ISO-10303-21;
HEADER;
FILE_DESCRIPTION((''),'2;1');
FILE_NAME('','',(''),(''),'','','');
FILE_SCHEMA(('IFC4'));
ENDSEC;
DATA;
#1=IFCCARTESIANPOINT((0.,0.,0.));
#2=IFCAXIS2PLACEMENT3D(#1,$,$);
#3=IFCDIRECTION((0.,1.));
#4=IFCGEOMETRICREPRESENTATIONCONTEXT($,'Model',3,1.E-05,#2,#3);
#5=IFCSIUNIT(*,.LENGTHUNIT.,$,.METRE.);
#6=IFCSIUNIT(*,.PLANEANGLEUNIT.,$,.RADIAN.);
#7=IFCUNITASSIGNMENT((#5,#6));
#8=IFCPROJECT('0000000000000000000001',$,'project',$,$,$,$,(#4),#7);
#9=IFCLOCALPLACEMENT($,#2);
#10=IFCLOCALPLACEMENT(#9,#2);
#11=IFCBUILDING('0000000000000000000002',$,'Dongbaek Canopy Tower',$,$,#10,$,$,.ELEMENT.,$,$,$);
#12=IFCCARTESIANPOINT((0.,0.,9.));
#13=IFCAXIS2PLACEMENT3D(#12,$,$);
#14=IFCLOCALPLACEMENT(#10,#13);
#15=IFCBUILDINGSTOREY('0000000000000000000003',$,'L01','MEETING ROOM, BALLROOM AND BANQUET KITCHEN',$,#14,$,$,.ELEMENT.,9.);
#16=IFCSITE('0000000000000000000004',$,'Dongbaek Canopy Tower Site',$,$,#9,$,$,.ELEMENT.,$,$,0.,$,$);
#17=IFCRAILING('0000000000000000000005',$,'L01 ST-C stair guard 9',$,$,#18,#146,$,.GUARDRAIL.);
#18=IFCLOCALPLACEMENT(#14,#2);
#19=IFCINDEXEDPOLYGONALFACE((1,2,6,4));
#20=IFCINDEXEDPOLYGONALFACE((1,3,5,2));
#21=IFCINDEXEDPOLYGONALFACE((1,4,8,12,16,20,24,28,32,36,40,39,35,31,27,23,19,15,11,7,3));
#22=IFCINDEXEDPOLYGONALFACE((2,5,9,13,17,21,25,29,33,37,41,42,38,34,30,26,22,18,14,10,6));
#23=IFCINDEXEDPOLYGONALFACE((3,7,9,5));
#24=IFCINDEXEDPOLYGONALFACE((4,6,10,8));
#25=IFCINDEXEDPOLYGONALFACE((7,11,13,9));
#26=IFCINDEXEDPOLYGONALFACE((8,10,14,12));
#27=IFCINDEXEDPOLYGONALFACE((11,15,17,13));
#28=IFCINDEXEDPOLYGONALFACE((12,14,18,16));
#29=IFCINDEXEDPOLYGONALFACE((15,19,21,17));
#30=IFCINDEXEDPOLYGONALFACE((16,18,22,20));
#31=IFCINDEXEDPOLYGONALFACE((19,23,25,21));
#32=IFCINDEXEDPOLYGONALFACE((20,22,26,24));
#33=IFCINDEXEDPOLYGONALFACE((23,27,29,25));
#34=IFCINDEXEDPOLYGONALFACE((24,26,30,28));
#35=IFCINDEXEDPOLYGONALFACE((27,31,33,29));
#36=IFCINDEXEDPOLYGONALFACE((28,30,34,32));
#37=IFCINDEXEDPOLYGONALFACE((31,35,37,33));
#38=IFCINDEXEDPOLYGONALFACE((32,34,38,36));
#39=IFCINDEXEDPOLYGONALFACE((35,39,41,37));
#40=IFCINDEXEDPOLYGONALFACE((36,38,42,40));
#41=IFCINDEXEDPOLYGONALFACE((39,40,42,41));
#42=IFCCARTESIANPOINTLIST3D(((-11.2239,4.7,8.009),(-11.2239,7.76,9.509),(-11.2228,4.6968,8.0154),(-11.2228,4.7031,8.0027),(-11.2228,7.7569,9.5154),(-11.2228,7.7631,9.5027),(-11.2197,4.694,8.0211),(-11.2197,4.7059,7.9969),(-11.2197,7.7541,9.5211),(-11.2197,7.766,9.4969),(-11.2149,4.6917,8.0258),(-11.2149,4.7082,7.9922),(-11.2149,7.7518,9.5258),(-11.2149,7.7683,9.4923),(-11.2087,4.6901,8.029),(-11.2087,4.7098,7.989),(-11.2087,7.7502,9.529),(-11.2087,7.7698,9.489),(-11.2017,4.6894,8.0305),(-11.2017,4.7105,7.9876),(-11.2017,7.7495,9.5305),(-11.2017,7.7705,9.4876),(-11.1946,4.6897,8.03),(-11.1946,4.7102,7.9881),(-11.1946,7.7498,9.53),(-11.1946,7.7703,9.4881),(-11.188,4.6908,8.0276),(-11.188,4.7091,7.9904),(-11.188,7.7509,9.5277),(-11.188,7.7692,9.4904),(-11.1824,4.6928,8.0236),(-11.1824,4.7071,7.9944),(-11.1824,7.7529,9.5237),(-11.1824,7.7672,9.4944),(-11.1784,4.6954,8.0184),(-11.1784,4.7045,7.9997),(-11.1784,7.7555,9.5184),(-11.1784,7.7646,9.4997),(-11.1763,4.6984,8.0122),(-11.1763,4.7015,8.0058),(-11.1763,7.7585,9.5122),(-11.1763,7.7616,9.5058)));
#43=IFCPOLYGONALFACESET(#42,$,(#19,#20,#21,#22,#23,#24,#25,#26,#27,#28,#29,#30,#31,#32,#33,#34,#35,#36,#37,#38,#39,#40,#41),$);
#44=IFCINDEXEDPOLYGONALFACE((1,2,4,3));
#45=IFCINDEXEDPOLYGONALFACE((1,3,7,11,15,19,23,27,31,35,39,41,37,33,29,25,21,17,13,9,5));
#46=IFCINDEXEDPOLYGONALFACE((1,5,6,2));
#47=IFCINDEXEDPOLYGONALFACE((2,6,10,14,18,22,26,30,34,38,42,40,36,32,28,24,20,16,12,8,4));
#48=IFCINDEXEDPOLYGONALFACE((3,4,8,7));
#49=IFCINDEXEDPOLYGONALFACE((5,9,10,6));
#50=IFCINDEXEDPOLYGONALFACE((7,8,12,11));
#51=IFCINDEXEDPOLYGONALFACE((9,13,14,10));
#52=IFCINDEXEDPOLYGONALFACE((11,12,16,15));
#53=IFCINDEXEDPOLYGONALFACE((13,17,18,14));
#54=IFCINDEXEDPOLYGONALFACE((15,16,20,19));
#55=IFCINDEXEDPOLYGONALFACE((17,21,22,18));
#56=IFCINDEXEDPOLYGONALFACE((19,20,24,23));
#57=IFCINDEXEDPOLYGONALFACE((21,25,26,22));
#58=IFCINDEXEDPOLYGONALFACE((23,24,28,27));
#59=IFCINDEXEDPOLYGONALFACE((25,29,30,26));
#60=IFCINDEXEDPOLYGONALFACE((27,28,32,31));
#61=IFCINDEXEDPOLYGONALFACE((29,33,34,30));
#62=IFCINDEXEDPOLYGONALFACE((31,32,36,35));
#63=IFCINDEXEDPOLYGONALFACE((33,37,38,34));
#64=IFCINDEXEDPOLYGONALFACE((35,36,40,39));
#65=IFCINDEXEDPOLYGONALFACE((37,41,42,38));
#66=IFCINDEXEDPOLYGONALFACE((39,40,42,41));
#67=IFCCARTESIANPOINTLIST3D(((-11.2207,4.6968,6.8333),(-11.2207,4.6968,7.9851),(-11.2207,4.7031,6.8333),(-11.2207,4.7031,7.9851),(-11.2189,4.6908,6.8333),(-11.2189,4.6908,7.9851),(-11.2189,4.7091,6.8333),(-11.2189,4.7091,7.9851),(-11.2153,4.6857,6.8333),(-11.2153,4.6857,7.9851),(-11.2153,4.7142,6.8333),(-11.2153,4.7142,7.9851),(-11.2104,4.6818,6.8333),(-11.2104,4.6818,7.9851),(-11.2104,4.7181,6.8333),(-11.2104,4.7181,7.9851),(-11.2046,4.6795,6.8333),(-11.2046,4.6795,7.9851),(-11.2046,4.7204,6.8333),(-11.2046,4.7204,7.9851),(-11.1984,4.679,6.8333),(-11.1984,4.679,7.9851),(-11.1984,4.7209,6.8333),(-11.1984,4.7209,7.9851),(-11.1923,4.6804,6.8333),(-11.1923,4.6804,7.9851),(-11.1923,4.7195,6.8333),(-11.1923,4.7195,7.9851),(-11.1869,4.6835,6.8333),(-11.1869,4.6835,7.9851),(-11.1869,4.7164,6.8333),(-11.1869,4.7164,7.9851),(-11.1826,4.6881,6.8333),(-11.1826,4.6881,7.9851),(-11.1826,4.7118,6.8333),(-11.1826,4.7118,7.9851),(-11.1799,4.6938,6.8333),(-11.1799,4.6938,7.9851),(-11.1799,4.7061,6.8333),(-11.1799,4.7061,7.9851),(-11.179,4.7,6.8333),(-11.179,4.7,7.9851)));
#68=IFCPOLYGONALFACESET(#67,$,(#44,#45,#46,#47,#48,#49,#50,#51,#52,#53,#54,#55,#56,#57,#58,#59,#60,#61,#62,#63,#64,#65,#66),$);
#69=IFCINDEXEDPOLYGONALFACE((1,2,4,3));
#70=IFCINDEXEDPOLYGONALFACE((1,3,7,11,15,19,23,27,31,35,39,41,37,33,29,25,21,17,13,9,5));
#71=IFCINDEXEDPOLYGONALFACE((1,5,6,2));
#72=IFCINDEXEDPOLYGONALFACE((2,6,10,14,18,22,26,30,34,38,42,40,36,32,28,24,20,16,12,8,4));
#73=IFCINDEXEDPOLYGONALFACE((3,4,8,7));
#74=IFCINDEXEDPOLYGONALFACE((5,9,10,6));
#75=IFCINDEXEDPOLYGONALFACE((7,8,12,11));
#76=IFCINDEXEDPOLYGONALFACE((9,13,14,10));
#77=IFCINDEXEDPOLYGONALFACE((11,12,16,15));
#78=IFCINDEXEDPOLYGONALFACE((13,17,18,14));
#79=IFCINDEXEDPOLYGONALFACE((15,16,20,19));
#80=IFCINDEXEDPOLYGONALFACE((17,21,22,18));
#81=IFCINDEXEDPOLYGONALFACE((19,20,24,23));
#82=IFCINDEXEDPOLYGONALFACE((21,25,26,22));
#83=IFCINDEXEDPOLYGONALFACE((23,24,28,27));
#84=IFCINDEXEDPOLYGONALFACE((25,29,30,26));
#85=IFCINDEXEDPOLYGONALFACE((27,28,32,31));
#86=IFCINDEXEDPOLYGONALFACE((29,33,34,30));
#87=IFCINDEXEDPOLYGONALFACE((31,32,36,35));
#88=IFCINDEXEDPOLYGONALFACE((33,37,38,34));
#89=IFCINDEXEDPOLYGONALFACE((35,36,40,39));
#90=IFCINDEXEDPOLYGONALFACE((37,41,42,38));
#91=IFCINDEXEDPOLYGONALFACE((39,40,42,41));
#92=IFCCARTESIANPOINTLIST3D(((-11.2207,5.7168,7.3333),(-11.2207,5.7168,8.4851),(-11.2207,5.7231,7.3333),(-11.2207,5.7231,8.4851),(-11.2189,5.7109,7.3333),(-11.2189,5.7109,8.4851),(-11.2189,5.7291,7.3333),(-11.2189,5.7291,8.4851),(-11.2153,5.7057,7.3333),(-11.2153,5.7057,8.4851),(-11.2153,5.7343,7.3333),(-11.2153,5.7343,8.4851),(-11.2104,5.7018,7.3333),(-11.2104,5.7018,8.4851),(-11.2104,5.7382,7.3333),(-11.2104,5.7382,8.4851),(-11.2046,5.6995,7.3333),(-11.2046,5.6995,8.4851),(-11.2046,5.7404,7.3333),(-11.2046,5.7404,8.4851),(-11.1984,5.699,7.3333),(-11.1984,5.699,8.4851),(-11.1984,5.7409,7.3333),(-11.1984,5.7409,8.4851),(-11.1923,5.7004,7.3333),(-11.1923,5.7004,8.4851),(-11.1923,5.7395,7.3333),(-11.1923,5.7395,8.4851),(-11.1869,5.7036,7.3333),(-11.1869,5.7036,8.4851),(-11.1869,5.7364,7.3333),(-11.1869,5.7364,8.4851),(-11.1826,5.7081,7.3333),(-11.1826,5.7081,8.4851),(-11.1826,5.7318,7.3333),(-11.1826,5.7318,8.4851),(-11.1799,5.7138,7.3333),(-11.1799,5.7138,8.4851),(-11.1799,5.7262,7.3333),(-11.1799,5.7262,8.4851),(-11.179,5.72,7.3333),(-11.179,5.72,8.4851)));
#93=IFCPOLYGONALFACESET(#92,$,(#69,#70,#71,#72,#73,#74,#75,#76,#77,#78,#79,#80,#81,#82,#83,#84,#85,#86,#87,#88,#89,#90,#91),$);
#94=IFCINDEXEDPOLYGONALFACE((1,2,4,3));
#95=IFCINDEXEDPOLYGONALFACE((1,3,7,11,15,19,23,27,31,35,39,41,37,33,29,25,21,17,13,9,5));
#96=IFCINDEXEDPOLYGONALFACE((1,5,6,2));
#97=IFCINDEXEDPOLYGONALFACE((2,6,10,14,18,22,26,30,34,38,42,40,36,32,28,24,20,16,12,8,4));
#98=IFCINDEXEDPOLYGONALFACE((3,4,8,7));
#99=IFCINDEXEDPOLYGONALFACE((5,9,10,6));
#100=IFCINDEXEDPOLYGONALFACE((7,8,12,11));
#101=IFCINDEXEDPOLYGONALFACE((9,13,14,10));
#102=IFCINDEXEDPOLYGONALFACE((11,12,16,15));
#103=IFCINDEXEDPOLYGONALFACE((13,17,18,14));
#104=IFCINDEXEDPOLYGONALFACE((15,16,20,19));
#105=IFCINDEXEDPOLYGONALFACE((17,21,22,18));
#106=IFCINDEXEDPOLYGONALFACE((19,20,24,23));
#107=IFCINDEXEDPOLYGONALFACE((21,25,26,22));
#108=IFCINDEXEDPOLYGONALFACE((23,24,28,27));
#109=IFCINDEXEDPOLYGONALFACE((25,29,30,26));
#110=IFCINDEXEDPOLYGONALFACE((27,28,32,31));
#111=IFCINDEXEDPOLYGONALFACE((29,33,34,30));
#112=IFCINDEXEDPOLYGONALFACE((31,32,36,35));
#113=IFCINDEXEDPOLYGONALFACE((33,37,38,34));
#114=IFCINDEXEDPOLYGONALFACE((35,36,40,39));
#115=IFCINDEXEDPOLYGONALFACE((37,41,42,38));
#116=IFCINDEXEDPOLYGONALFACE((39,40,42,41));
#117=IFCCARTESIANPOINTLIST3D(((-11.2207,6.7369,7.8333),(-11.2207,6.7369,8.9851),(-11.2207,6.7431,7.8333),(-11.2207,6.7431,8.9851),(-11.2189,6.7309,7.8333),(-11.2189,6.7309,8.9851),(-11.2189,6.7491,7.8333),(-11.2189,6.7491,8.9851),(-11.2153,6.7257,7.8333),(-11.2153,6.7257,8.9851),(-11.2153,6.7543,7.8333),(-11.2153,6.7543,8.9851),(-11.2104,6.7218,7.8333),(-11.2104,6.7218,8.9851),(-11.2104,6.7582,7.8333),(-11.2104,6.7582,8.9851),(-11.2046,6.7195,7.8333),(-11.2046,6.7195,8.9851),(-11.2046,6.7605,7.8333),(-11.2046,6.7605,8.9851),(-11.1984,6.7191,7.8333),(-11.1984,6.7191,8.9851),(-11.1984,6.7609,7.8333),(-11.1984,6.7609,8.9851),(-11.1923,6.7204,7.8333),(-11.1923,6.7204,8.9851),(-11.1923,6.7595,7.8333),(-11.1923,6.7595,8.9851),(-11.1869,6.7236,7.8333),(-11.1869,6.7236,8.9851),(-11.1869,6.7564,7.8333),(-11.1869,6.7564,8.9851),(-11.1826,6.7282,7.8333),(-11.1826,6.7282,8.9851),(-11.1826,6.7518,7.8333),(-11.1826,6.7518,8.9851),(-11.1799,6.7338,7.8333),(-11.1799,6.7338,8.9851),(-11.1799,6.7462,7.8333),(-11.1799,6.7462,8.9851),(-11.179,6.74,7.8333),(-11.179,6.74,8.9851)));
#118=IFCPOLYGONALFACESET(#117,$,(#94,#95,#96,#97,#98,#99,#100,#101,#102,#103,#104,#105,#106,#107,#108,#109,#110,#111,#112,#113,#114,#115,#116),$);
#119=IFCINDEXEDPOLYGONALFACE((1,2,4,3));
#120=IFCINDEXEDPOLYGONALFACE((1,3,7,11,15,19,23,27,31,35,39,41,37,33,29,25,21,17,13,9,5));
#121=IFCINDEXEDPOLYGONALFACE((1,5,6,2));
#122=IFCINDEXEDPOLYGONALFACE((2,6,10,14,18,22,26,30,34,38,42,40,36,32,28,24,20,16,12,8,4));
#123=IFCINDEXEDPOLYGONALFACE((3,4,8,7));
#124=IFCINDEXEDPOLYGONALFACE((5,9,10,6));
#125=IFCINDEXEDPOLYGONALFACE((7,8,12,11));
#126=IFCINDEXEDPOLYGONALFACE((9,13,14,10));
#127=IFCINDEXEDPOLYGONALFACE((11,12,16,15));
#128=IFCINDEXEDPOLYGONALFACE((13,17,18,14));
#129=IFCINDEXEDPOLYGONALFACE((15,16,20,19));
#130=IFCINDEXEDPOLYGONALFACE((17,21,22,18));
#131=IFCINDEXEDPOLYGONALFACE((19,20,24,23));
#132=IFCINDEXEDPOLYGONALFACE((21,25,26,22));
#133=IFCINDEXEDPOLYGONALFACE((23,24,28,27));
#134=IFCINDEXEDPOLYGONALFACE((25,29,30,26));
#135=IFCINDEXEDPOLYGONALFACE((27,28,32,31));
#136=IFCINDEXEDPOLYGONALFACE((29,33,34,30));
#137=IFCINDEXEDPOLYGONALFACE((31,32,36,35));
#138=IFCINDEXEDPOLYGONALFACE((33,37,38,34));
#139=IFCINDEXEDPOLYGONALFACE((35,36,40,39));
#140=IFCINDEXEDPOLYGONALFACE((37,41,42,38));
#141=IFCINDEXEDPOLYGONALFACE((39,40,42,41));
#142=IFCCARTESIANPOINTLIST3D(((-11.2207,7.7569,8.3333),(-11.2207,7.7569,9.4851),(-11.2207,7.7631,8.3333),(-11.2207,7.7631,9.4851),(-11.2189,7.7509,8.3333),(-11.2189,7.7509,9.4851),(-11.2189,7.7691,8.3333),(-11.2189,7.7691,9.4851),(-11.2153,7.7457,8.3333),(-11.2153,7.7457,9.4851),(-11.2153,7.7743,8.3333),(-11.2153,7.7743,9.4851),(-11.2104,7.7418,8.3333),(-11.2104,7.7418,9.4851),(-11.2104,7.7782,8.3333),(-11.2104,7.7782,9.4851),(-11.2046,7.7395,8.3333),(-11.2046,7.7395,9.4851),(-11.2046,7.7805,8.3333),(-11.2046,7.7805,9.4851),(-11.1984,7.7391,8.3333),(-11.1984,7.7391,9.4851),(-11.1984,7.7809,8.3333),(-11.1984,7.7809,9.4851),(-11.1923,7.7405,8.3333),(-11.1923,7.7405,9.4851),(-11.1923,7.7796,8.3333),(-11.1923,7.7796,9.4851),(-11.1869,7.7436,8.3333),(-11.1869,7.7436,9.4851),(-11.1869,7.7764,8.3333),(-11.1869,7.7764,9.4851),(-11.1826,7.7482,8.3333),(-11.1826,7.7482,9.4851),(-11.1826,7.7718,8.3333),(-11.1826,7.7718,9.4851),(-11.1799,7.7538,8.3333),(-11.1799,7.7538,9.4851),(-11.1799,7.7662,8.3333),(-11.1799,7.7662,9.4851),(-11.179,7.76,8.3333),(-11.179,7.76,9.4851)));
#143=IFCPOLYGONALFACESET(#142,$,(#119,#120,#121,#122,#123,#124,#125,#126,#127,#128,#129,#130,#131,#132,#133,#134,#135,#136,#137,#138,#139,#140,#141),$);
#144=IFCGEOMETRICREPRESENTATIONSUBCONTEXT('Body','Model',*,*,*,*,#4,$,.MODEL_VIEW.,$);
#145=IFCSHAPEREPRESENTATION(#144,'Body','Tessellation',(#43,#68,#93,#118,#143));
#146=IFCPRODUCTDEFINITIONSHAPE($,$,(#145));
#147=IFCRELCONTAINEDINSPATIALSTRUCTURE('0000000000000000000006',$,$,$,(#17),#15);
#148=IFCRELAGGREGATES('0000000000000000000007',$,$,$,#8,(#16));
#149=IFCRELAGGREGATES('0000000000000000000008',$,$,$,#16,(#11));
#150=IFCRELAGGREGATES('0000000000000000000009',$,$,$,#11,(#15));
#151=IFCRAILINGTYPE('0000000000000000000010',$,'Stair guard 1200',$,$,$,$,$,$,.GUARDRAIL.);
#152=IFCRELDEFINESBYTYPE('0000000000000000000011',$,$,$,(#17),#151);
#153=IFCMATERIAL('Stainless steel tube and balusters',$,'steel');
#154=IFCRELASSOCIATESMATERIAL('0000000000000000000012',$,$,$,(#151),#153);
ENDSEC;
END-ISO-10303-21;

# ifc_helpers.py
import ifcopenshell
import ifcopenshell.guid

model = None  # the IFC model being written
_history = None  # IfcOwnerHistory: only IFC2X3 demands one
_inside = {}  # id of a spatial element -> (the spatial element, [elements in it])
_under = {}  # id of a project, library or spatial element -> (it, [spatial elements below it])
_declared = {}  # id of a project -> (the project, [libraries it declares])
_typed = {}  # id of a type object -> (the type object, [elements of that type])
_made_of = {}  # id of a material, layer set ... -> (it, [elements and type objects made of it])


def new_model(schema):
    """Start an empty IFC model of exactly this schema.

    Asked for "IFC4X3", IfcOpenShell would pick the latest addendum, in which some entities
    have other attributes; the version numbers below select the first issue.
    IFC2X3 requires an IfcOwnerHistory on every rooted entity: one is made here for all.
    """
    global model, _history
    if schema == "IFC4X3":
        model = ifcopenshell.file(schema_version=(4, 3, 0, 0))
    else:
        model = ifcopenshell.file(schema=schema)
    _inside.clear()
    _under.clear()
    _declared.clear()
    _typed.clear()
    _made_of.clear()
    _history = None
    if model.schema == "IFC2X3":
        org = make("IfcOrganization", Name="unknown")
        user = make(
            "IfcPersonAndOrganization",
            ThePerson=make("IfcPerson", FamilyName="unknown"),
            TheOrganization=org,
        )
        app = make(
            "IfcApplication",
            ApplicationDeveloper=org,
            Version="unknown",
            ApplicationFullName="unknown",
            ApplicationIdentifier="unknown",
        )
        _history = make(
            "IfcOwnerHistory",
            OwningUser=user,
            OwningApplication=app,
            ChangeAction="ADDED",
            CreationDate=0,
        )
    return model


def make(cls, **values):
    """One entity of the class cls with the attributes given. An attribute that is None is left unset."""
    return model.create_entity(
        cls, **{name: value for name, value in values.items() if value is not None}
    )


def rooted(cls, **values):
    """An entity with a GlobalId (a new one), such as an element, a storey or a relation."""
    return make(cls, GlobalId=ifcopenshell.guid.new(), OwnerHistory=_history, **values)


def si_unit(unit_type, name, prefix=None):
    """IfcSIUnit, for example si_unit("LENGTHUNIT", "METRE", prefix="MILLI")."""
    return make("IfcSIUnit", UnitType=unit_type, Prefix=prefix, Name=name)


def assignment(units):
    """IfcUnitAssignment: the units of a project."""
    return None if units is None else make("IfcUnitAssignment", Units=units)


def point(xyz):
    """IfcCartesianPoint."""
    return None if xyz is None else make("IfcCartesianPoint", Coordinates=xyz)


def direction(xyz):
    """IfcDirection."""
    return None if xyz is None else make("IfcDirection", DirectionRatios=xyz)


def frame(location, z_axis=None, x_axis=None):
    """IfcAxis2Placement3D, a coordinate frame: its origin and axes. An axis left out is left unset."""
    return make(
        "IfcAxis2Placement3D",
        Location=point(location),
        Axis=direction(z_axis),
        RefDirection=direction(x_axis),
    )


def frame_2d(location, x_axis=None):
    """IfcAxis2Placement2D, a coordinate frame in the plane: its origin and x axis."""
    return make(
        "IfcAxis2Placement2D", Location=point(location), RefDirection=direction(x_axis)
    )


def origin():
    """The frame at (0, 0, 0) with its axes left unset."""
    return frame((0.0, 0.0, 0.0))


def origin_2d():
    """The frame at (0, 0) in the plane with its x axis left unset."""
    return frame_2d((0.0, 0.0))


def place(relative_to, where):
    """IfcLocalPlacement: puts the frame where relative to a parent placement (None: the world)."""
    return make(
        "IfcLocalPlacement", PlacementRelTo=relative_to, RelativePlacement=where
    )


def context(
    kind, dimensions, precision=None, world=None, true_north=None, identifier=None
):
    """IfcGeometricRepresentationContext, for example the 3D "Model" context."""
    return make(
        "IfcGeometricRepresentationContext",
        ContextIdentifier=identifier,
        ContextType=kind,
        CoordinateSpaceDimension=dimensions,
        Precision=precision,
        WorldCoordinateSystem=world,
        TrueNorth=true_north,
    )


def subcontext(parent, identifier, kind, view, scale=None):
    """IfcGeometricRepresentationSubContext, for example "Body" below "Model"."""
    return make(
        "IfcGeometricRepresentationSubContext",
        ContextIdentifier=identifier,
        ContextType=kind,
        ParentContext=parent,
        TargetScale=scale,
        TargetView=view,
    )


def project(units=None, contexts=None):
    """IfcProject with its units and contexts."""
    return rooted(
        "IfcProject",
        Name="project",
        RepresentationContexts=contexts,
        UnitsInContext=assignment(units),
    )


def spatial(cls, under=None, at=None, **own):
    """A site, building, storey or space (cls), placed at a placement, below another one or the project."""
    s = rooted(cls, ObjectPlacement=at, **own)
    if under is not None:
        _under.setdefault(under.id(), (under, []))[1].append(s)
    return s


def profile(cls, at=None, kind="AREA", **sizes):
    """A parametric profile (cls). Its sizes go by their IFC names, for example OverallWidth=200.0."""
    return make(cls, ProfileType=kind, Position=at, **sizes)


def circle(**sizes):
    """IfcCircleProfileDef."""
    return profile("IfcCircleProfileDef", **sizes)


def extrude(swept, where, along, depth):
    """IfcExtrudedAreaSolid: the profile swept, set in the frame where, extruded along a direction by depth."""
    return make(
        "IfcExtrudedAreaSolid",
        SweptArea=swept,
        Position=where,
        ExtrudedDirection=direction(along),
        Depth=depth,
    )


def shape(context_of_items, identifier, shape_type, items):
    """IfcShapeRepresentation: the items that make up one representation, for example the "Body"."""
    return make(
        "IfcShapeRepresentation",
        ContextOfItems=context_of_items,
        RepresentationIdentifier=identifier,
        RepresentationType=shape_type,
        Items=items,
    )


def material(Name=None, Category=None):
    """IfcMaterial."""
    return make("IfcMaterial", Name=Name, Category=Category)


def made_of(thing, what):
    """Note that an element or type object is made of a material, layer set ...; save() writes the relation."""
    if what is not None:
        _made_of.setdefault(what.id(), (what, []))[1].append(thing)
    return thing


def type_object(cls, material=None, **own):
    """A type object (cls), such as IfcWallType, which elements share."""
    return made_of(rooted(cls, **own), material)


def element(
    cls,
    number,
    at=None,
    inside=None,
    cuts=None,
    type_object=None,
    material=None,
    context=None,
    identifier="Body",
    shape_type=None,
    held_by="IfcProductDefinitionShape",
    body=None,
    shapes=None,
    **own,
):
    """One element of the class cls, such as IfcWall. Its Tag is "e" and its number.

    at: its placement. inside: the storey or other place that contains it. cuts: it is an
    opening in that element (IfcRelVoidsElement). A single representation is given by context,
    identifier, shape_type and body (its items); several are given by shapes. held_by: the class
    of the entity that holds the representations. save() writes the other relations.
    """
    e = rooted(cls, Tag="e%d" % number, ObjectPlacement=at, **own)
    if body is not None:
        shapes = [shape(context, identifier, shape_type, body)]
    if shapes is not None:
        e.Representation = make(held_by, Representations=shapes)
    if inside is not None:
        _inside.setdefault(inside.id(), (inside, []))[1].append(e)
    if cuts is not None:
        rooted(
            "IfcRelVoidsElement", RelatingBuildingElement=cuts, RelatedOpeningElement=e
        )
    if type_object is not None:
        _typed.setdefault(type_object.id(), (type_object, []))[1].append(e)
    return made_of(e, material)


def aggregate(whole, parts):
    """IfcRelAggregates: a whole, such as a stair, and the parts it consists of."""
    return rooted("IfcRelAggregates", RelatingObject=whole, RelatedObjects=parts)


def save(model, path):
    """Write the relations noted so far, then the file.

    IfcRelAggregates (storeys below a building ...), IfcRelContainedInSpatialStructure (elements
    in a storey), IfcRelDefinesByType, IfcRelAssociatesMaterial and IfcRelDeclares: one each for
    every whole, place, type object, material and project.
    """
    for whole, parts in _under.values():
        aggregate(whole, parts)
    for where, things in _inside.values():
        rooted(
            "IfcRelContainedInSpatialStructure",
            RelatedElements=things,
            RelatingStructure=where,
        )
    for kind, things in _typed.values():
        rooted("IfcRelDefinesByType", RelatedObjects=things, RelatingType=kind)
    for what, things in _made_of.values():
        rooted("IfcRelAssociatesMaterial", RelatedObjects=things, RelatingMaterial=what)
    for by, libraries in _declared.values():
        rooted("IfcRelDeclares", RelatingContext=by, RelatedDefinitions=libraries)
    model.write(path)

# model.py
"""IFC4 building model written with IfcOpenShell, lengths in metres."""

from ifc_helpers import new_model, si_unit, direction, frame, origin, origin_2d, place, context, subcontext, project, spatial, circle, extrude, material, type_object, element, save


model = new_model("IFC4")

# Units and contexts
model_context = context("Model", 3, precision=1e-05, world=origin(), true_north=direction((0.0, 1.0)))
body_context = subcontext(model_context, "Body", "Model", "MODEL_VIEW")
ifc_project = project(units=[si_unit("LENGTHUNIT", "METRE"), si_unit("PLANEANGLEUNIT", "RADIAN")], contexts=[model_context])

# Site, building, storey
site_placement = place(None, origin())
site = spatial("IfcSite", under=ifc_project, at=site_placement, Name="Dongbaek Canopy Tower Site", CompositionType="ELEMENT", RefElevation=0.0)
building_placement = place(site_placement, origin())
building = spatial("IfcBuilding", under=site, at=building_placement, Name="Dongbaek Canopy Tower", CompositionType="ELEMENT")
storey_placement = place(building_placement, frame((0.0, 0.0, 9.0)))
storey = spatial("IfcBuildingStorey", under=building, at=storey_placement, Name="L01", Description="MEETING ROOM, BALLROOM AND BANQUET KITCHEN", CompositionType="ELEMENT", Elevation=9.0)

# Railing
ifc_material_1 = material(Name="Stainless steel tube and balusters", Category="steel")
railing_type_1 = type_object("IfcRailingType", Name="Stair guard 1200", PredefinedType="GUARDRAIL", material=ifc_material_1)
railing_1_placement = place(storey_placement, frame((-11.2, 4.7, 6.8333)))
element("IfcRailing", 1, at=railing_1_placement, inside=storey, type_object=railing_type_1, Name="L01 ST-C stair guard 9", PredefinedType="GUARDRAIL", context=body_context, shape_type="SweptSolid", body=[
    extrude(circle(Radius=0.0239, at=origin_2d()), frame((0.0, 0.0, 1.1758), z_axis=(0.0, 0.897924, 0.44015), x_axis=(-1.0, 0.0, 0.0)), (0.0, 0.0, 1.0), 3.408),
    extrude(circle(Radius=0.021, at=origin_2d()), origin(), (0.0, 0.0, 1.0), 1.1519),
    extrude(circle(Radius=0.021, at=origin_2d()), frame((0.0, 1.02, 0.5)), (0.0, 0.0, 1.0), 1.1519),
    extrude(circle(Radius=0.021, at=origin_2d()), frame((0.0, 2.04, 1.0)), (0.0, 0.0, 1.0), 1.1519),
    extrude(circle(Radius=0.021, at=origin_2d()), frame((0.0, 3.0601, 1.5)), (0.0, 0.0, 1.0), 1.1519),
])

save(model, "model.ifc")
